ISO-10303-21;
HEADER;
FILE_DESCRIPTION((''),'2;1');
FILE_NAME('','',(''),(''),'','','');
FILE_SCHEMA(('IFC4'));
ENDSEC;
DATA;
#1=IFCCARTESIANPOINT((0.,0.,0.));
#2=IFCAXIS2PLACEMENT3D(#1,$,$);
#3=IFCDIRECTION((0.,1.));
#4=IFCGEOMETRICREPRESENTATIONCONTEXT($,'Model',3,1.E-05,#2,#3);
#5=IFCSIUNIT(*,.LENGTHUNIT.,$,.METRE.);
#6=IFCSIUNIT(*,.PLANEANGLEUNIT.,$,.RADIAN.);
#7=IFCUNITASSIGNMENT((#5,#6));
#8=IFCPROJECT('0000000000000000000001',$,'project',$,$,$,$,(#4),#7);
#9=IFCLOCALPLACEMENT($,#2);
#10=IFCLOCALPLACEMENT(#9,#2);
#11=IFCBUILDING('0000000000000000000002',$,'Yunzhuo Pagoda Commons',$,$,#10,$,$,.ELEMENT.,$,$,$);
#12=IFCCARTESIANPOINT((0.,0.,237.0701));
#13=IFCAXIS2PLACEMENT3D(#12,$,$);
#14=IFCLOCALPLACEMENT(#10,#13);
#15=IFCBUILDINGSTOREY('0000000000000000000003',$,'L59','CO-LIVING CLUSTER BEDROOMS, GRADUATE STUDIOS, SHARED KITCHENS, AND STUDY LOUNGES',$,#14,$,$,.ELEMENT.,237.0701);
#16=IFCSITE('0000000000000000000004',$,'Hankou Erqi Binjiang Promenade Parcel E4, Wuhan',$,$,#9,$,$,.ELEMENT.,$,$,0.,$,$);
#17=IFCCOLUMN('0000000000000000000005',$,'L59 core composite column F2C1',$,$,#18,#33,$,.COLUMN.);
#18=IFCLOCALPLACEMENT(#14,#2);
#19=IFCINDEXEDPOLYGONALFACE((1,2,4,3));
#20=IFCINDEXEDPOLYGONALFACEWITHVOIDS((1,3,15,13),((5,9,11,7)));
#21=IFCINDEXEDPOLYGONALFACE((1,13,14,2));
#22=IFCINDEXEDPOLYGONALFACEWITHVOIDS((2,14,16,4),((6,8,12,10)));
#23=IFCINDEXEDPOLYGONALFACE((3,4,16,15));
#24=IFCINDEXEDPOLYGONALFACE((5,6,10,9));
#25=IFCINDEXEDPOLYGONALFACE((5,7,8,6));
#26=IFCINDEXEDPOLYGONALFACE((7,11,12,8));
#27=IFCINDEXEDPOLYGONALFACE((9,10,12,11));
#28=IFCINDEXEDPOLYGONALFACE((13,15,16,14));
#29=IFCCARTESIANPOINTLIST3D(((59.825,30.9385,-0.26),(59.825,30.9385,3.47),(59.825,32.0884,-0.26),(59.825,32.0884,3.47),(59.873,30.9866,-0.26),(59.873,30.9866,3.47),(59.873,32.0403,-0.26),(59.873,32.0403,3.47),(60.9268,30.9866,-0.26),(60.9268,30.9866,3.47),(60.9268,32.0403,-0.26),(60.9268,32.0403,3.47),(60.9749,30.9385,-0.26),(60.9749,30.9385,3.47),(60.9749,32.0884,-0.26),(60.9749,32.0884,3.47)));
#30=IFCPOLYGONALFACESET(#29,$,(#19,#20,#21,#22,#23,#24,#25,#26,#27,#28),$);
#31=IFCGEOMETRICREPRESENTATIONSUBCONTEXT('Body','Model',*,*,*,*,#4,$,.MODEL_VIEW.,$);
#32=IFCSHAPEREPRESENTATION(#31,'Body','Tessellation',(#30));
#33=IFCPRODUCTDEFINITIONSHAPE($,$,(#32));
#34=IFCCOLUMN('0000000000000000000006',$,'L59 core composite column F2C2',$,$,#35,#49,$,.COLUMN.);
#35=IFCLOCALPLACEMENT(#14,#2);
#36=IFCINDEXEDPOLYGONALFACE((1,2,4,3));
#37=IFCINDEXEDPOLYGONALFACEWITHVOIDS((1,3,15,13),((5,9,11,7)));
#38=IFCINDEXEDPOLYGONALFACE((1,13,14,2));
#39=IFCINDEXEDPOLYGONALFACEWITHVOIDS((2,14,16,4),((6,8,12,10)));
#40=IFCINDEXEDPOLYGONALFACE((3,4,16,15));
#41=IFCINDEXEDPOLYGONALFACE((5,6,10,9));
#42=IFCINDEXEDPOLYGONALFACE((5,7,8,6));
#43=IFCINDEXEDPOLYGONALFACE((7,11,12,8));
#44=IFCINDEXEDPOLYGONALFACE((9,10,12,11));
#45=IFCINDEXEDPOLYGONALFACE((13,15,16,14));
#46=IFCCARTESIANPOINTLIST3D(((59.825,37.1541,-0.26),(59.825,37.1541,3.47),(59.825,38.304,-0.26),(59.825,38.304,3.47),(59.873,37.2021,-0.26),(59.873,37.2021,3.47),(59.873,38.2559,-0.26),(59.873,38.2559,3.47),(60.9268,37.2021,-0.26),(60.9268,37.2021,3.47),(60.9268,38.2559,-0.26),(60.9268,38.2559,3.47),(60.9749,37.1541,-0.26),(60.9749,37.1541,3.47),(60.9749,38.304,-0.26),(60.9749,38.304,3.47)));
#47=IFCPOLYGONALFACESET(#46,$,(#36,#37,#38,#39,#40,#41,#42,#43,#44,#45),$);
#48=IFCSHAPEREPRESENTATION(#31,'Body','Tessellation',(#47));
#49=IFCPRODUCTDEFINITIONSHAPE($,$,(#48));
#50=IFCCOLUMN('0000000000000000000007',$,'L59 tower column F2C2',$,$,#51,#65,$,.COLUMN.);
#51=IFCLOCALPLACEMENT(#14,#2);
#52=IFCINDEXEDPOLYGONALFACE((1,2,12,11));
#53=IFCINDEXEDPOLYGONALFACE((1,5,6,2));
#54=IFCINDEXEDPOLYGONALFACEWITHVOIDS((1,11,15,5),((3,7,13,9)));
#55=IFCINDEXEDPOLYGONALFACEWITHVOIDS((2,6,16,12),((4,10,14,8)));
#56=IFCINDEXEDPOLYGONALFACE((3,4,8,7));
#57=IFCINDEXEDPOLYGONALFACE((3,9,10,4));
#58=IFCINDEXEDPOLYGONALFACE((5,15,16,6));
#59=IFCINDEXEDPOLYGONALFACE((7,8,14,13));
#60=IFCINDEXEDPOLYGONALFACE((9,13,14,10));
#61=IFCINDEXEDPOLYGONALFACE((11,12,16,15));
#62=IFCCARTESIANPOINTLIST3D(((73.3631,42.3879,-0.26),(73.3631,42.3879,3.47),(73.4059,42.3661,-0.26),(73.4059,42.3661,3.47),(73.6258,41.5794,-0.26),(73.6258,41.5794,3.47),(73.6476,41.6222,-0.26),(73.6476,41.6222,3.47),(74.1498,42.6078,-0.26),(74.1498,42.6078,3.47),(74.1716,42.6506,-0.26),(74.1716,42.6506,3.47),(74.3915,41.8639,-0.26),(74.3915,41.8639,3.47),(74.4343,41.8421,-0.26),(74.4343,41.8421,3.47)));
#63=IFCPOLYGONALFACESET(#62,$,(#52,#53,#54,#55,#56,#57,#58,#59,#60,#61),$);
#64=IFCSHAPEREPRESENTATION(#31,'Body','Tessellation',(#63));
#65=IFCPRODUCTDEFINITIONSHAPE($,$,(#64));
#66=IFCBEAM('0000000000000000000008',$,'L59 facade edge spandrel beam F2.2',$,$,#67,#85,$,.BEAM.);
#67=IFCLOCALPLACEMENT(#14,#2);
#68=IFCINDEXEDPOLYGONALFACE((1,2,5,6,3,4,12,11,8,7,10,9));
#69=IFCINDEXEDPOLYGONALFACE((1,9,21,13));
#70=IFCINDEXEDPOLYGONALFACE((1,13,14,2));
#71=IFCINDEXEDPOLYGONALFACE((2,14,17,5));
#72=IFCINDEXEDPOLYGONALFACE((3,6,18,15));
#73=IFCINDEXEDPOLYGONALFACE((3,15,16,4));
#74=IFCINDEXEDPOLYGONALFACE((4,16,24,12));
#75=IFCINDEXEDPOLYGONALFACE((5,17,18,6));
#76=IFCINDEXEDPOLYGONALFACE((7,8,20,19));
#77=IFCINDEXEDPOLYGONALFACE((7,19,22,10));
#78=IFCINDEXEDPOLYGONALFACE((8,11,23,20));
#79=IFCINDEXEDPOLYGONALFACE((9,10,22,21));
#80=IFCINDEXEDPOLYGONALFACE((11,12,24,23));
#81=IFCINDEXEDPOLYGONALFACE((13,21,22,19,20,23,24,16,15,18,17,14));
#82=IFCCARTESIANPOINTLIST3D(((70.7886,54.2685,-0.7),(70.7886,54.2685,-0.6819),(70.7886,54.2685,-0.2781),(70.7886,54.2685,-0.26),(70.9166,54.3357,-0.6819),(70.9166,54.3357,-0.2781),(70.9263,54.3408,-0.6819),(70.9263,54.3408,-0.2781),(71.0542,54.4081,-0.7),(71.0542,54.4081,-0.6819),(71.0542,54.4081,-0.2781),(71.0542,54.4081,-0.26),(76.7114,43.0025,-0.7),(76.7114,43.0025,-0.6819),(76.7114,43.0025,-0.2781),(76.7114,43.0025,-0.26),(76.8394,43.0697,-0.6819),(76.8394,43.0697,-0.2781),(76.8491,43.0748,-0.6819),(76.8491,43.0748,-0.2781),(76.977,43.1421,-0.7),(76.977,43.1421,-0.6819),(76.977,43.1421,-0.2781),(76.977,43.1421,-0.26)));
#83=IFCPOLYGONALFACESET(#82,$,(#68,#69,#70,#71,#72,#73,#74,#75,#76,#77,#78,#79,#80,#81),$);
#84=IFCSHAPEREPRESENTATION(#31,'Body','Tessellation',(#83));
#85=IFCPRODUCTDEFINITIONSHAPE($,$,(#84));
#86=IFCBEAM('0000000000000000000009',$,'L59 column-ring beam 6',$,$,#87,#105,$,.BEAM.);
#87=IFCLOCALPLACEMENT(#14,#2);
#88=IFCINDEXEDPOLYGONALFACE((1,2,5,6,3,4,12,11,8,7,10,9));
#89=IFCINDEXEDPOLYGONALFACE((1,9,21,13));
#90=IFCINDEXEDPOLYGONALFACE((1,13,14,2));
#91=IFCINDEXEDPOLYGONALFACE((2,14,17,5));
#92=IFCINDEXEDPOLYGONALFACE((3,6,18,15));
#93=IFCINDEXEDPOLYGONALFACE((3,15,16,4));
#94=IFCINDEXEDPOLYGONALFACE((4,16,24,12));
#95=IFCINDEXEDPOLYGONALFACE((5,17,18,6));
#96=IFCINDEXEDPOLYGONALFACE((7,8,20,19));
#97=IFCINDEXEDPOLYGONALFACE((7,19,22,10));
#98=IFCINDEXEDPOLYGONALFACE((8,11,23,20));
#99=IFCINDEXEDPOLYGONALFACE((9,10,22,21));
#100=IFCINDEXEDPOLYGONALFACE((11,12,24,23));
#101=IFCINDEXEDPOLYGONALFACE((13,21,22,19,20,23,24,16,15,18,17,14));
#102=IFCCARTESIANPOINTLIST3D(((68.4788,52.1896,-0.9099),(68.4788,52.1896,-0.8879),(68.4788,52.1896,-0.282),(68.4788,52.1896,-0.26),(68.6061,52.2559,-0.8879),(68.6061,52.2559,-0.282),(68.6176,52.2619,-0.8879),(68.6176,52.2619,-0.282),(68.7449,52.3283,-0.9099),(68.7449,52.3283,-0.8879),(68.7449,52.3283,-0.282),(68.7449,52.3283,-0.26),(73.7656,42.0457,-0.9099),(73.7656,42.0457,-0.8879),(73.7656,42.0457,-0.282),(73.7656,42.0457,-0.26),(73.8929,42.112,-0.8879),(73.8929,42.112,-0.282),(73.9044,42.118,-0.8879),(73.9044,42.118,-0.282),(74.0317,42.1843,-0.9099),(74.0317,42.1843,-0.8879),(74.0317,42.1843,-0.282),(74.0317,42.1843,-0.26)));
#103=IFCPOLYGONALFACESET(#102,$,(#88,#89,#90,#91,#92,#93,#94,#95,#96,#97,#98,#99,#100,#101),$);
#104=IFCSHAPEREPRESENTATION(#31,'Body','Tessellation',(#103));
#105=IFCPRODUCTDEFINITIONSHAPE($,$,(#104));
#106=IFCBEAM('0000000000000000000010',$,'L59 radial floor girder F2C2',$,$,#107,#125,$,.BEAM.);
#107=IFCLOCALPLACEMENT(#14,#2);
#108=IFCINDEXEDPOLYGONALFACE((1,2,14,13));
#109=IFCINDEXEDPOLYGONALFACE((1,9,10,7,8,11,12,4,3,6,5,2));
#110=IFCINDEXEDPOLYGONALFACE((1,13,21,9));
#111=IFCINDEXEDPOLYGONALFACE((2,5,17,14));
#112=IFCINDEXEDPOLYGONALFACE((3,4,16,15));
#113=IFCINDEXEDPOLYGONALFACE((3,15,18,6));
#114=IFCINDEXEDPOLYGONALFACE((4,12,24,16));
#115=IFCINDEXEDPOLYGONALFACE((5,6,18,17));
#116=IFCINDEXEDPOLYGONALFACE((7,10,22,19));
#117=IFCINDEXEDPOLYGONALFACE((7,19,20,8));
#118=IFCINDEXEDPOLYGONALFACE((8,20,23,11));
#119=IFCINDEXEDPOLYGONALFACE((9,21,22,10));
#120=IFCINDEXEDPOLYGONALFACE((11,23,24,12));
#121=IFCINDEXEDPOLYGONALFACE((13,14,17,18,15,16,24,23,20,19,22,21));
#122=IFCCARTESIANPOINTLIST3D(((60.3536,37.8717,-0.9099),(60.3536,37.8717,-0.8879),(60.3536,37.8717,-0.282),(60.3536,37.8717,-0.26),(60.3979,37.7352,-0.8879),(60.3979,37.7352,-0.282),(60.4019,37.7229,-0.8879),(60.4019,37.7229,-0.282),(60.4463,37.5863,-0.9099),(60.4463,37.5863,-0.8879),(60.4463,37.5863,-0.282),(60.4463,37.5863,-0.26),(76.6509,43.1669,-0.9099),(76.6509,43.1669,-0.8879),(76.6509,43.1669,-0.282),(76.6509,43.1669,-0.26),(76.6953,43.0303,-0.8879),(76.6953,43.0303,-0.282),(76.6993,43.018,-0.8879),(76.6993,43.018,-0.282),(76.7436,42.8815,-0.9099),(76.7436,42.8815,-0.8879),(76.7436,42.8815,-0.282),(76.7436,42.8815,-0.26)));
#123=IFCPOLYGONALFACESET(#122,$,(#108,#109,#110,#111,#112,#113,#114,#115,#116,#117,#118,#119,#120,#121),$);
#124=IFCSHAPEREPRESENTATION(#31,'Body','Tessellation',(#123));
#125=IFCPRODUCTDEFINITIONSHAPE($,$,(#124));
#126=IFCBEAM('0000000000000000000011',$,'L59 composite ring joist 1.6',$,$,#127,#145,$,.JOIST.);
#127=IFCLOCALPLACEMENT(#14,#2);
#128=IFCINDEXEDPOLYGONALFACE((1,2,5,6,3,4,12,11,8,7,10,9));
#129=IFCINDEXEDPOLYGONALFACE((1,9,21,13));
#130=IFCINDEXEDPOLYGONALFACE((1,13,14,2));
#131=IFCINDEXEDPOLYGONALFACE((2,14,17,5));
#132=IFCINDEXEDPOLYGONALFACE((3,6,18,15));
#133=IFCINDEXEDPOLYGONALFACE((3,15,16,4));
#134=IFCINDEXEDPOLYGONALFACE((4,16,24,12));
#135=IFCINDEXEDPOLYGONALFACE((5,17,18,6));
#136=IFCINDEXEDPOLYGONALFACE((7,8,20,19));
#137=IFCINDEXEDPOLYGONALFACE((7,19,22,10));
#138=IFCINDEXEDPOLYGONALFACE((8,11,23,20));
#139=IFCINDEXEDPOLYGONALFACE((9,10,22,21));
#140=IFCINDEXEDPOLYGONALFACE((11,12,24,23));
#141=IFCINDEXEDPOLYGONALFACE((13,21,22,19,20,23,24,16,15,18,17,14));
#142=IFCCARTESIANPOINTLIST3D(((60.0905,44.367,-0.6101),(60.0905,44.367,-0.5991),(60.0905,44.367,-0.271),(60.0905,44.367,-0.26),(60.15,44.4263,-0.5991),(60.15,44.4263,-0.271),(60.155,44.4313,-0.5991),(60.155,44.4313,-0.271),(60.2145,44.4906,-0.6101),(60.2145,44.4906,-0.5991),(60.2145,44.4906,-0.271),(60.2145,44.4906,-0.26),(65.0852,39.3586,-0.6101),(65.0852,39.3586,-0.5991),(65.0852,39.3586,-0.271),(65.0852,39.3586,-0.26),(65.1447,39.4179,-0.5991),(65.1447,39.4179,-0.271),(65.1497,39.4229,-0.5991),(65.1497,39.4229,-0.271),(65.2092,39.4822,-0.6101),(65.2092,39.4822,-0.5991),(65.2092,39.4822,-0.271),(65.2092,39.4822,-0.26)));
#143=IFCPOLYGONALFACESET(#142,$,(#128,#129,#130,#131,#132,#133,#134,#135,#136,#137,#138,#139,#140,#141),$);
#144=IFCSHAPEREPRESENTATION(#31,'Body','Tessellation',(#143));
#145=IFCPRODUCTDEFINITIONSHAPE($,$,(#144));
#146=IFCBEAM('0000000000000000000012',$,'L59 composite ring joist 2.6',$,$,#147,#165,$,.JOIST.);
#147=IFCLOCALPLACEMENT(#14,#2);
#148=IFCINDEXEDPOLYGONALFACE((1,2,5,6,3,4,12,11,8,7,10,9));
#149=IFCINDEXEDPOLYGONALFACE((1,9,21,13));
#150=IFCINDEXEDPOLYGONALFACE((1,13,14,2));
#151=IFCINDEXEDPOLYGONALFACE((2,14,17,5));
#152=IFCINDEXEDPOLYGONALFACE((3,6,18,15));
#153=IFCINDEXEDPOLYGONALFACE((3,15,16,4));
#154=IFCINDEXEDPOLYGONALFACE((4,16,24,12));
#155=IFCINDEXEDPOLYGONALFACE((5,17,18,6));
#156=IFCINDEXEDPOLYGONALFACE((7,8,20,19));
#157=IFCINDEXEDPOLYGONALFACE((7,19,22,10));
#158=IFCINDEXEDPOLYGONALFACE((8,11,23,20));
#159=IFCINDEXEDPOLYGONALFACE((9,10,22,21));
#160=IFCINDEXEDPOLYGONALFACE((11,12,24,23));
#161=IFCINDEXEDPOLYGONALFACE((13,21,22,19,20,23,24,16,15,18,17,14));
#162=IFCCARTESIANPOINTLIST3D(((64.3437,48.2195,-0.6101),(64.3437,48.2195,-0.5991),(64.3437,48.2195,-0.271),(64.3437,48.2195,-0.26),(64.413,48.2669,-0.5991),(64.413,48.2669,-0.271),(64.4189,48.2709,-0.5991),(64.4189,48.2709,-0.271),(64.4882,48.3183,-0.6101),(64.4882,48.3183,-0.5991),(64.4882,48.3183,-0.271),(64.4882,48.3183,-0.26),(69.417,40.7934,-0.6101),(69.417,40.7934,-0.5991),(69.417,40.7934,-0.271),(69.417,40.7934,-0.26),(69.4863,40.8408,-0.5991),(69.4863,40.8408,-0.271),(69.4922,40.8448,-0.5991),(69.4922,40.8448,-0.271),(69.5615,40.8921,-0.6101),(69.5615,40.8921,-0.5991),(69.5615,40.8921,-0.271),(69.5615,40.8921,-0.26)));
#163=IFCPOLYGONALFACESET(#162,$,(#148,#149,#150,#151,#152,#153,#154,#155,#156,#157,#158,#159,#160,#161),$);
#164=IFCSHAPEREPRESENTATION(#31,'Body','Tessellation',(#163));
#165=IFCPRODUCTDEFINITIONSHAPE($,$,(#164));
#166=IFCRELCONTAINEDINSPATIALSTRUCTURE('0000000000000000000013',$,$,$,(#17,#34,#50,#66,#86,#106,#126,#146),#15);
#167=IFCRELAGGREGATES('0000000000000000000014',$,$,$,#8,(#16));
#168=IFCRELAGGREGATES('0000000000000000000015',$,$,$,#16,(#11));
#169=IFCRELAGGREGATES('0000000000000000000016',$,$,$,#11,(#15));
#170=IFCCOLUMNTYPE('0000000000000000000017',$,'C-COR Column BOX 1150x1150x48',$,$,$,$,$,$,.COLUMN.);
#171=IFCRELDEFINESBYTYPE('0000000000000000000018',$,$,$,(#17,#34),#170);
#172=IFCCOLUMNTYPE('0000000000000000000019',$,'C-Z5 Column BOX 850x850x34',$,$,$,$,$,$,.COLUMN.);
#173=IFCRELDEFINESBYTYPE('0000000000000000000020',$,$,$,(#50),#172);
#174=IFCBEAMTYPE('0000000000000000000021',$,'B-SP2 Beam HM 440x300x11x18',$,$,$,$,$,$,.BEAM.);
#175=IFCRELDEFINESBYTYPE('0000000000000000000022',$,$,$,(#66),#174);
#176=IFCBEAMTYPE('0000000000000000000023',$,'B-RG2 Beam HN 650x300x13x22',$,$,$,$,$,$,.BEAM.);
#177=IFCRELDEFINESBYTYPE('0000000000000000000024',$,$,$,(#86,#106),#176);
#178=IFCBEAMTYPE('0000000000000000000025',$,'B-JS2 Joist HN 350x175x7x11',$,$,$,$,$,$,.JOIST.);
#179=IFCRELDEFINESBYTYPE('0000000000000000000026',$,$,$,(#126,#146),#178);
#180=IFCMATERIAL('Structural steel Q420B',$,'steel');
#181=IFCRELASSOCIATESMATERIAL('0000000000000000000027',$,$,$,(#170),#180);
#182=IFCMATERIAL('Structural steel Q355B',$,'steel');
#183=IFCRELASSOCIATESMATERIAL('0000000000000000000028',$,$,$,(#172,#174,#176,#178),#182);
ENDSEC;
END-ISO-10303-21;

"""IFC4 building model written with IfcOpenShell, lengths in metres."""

from ifc_helpers import new_model, si_unit, direction, frame, origin, origin_2d, place, context, subcontext, project, spatial, hollow_rectangle, i_section, extrude, source, transform, mapped, material, material_profile, profile_set, type_object, element, save


model = new_model("IFC4")

# Units and contexts
model_context = context("Model", 3, precision=1e-05, world=origin(), true_north=direction((0.0, 1.0)))
body_context = subcontext(model_context, "Body", "Model", "MODEL_VIEW")
ifc_project = project(units=[si_unit("LENGTHUNIT", "METRE"), si_unit("PLANEANGLEUNIT", "RADIAN")], contexts=[model_context])

# Site, building, storey
site_placement = place(None, origin())
site = spatial("IfcSite", under=ifc_project, at=site_placement, Name="Hankou Erqi Binjiang Promenade Parcel E4, Wuhan", CompositionType="ELEMENT", RefElevation=0.0)
building_placement = place(site_placement, origin())
building = spatial("IfcBuilding", under=site, at=building_placement, Name="Yunzhuo Pagoda Commons", CompositionType="ELEMENT")
storey_placement = place(building_placement, frame((0.0, 0.0, 237.0701)))
storey = spatial("IfcBuildingStorey", under=building, at=storey_placement, Name="L59", Description="CO-LIVING CLUSTER BEDROOMS, GRADUATE STUDIOS, SHARED KITCHENS, AND STUDY LOUNGES", CompositionType="ELEMENT", Elevation=237.0701)

# Columns
ifc_material_1 = material(Name="Structural steel Q420B", Category="steel")
ifc_material_profile_1 = material_profile(ifc_material_1, hollow_rectangle(XDim=1.1499, YDim=1.1499, WallThickness=0.0481, at=origin_2d()), Name="Structural steel Q420B")
ifc_profile_set_1 = profile_set([ifc_material_profile_1], Name="Structural steel Q420B")
column_type_1 = type_object("IfcColumnType", Name="C-COR Column BOX 1150x1150x48", PredefinedType="COLUMN", material=ifc_profile_set_1)
shared_shape_1 = source(origin(), body_context, "Body", "SweptSolid", [
    extrude(hollow_rectangle(XDim=1.1499, YDim=1.1499, WallThickness=0.0481, at=origin_2d()), origin(), (0.0, 0.0, 1.0), 3.73),
])
for number, where, z_axis, x_axis, name in (
    (1, (60.3999, 31.5134, -0.26), (0.0, 0.0, 1.0), (1.0, 0.0, 0.0), "L59 core composite column F2C1"),
    (2, (60.3999, 37.729, -0.26), (0.0, 0.0, 1.0), (1.0, 0.0, 0.0), "L59 core composite column F2C2"),
):
    element("IfcColumn", number, at=place(storey_placement, frame(where, z_axis=z_axis, x_axis=x_axis)), inside=storey, type_object=column_type_1, Name=name, PredefinedType="COLUMN", context=body_context, shape_type="MappedRepresentation", body=[
        mapped(shared_shape_1, transform((0.0, 0.0, 0.0), scale=1.0)),
    ])
ifc_material_2 = material(Name="Structural steel Q355B", Category="steel")
ifc_material_profile_2 = material_profile(ifc_material_2, hollow_rectangle(XDim=0.8501, YDim=0.8501, WallThickness=0.0339, at=origin_2d()), Name="Structural steel Q355B")
ifc_profile_set_2 = profile_set([ifc_material_profile_2], Name="Structural steel Q355B")
column_type_2 = type_object("IfcColumnType", Name="C-Z5 Column BOX 850x850x34", PredefinedType="COLUMN", material=ifc_profile_set_2)
shared_shape_2 = source(origin(), body_context, "Body", "SweptSolid", [
    extrude(hollow_rectangle(XDim=0.8501, YDim=0.8501, WallThickness=0.0339, at=origin_2d()), origin(), (0.0, 0.0, 1.0), 3.73),
])
column_placement = place(storey_placement, frame((73.8987, 42.115, -0.26), z_axis=(0.0, 0.0, 1.0), x_axis=(-0.309017, 0.951057, 0.0)))
element("IfcColumn", 3, at=column_placement, inside=storey, type_object=column_type_2, Name="L59 tower column F2C2", PredefinedType="COLUMN", context=body_context, shape_type="MappedRepresentation", body=[
    mapped(shared_shape_2, transform((0.0, 0.0, 0.0), scale=1.0)),
])

# Beams
ifc_material_profile_3 = material_profile(ifc_material_2, i_section(OverallWidth=0.3, OverallDepth=0.4399, WebThickness=0.011, FlangeThickness=0.0181, at=origin_2d()), Name="Structural steel Q355B")
ifc_profile_set_3 = profile_set([ifc_material_profile_3], Name="Structural steel Q355B")
beam_type_1 = type_object("IfcBeamType", Name="B-SP2 Beam HM 440x300x11x18", PredefinedType="BEAM", material=ifc_profile_set_3)
shared_shape_3 = source(origin(), body_context, "Body", "SweptSolid", [
    extrude(i_section(OverallWidth=0.3, OverallDepth=0.4399, WebThickness=0.011, FlangeThickness=0.0181, at=origin_2d()), origin(), (0.0, 0.0, 1.0), 12.728),
])
beam_1_placement = place(storey_placement, frame((76.8442, 43.0723, -0.48), z_axis=(-0.465335, 0.885134, 0.0), x_axis=(-0.885134, -0.465335, 0.0)))
element("IfcBeam", 4, at=beam_1_placement, inside=storey, type_object=beam_type_1, Name="L59 facade edge spandrel beam F2.2", PredefinedType="BEAM", context=body_context, shape_type="MappedRepresentation", body=[
    mapped(shared_shape_3, transform((0.0, 0.0, 0.0), scale=1.0)),
])
ifc_material_profile_4 = material_profile(ifc_material_2, i_section(OverallWidth=0.3, OverallDepth=0.6499, WebThickness=0.0129, FlangeThickness=0.022, at=origin_2d()), Name="Structural steel Q355B")
ifc_profile_set_4 = profile_set([ifc_material_profile_4], Name="Structural steel Q355B")
beam_type_2 = type_object("IfcBeamType", Name="B-RG2 Beam HN 650x300x13x22", PredefinedType="BEAM", material=ifc_profile_set_4)
shared_shape_4 = source(origin(), body_context, "Body", "SweptSolid", [
    extrude(i_section(OverallWidth=0.3, OverallDepth=0.6499, WebThickness=0.0129, FlangeThickness=0.022, at=origin_2d()), origin(), (0.0, 0.0, 1.0), 11.439),
])
beam_2_placement = place(storey_placement, frame((73.8987, 42.115, -0.585), z_axis=(-0.462176, 0.886788, 0.0), x_axis=(-0.886788, -0.462176, 0.0)))
element("IfcBeam", 5, at=beam_2_placement, inside=storey, type_object=beam_type_2, Name="L59 column-ring beam 6", PredefinedType="BEAM", context=body_context, shape_type="MappedRepresentation", body=[
    mapped(shared_shape_4, transform((0.0, 0.0, 0.0), scale=1.0)),
])
shared_shape_5 = source(origin(), body_context, "Body", "SweptSolid", [
    extrude(i_section(OverallWidth=0.3, OverallDepth=0.6499, WebThickness=0.0129, FlangeThickness=0.022, at=origin_2d()), origin(), (0.0, 0.0, 1.0), 17.136),
])
beam_3_placement = place(storey_placement, frame((76.6973, 43.0242, -0.585), z_axis=(-0.951059, -0.309008, 0.0), x_axis=(0.309008, -0.951059, 0.0)))
element("IfcBeam", 6, at=beam_3_placement, inside=storey, type_object=beam_type_2, Name="L59 radial floor girder F2C2", PredefinedType="BEAM", context=body_context, shape_type="MappedRepresentation", body=[
    mapped(shared_shape_5, transform((0.0, 0.0, 0.0), scale=1.0)),
])
ifc_material_profile_5 = material_profile(ifc_material_2, i_section(OverallWidth=0.175, OverallDepth=0.3501, WebThickness=0.0071, FlangeThickness=0.011, at=origin_2d()), Name="Structural steel Q355B")
ifc_profile_set_5 = profile_set([ifc_material_profile_5], Name="Structural steel Q355B")
beam_type_3 = type_object("IfcBeamType", Name="B-JS2 Joist HN 350x175x7x11", PredefinedType="JOIST", material=ifc_profile_set_5)
shared_shape_6 = source(origin(), body_context, "Body", "SweptSolid", [
    extrude(i_section(OverallWidth=0.175, OverallDepth=0.3501, WebThickness=0.0071, FlangeThickness=0.011, at=origin_2d()), origin(), (0.0, 0.0, 1.0), 7.0732),
])
beam_4_placement = place(storey_placement, frame((65.1472, 39.4204, -0.4351), z_axis=(-0.70614, 0.708073, 0.0), x_axis=(-0.708073, -0.70614, 0.0)))
element("IfcBeam", 7, at=beam_4_placement, inside=storey, type_object=beam_type_3, Name="L59 composite ring joist 1.6", PredefinedType="JOIST", context=body_context, shape_type="MappedRepresentation", body=[
    mapped(shared_shape_6, transform((0.0, 0.0, 0.0), scale=1.0)),
])
shared_shape_7 = source(origin(), body_context, "Body", "SweptSolid", [
    extrude(i_section(OverallWidth=0.175, OverallDepth=0.3501, WebThickness=0.0071, FlangeThickness=0.011, at=origin_2d()), origin(), (0.0, 0.0, 1.0), 8.9937),
])
beam_5_placement = place(storey_placement, frame((69.4893, 40.8428, -0.4351), z_axis=(-0.564099, 0.825707, 0.0), x_axis=(-0.825707, -0.564099, 0.0)))
element("IfcBeam", 8, at=beam_5_placement, inside=storey, type_object=beam_type_3, Name="L59 composite ring joist 2.6", PredefinedType="JOIST", context=body_context, shape_type="MappedRepresentation", body=[
    mapped(shared_shape_7, transform((0.0, 0.0, 0.0), scale=1.0)),
])

save(model, "model.ifc")
